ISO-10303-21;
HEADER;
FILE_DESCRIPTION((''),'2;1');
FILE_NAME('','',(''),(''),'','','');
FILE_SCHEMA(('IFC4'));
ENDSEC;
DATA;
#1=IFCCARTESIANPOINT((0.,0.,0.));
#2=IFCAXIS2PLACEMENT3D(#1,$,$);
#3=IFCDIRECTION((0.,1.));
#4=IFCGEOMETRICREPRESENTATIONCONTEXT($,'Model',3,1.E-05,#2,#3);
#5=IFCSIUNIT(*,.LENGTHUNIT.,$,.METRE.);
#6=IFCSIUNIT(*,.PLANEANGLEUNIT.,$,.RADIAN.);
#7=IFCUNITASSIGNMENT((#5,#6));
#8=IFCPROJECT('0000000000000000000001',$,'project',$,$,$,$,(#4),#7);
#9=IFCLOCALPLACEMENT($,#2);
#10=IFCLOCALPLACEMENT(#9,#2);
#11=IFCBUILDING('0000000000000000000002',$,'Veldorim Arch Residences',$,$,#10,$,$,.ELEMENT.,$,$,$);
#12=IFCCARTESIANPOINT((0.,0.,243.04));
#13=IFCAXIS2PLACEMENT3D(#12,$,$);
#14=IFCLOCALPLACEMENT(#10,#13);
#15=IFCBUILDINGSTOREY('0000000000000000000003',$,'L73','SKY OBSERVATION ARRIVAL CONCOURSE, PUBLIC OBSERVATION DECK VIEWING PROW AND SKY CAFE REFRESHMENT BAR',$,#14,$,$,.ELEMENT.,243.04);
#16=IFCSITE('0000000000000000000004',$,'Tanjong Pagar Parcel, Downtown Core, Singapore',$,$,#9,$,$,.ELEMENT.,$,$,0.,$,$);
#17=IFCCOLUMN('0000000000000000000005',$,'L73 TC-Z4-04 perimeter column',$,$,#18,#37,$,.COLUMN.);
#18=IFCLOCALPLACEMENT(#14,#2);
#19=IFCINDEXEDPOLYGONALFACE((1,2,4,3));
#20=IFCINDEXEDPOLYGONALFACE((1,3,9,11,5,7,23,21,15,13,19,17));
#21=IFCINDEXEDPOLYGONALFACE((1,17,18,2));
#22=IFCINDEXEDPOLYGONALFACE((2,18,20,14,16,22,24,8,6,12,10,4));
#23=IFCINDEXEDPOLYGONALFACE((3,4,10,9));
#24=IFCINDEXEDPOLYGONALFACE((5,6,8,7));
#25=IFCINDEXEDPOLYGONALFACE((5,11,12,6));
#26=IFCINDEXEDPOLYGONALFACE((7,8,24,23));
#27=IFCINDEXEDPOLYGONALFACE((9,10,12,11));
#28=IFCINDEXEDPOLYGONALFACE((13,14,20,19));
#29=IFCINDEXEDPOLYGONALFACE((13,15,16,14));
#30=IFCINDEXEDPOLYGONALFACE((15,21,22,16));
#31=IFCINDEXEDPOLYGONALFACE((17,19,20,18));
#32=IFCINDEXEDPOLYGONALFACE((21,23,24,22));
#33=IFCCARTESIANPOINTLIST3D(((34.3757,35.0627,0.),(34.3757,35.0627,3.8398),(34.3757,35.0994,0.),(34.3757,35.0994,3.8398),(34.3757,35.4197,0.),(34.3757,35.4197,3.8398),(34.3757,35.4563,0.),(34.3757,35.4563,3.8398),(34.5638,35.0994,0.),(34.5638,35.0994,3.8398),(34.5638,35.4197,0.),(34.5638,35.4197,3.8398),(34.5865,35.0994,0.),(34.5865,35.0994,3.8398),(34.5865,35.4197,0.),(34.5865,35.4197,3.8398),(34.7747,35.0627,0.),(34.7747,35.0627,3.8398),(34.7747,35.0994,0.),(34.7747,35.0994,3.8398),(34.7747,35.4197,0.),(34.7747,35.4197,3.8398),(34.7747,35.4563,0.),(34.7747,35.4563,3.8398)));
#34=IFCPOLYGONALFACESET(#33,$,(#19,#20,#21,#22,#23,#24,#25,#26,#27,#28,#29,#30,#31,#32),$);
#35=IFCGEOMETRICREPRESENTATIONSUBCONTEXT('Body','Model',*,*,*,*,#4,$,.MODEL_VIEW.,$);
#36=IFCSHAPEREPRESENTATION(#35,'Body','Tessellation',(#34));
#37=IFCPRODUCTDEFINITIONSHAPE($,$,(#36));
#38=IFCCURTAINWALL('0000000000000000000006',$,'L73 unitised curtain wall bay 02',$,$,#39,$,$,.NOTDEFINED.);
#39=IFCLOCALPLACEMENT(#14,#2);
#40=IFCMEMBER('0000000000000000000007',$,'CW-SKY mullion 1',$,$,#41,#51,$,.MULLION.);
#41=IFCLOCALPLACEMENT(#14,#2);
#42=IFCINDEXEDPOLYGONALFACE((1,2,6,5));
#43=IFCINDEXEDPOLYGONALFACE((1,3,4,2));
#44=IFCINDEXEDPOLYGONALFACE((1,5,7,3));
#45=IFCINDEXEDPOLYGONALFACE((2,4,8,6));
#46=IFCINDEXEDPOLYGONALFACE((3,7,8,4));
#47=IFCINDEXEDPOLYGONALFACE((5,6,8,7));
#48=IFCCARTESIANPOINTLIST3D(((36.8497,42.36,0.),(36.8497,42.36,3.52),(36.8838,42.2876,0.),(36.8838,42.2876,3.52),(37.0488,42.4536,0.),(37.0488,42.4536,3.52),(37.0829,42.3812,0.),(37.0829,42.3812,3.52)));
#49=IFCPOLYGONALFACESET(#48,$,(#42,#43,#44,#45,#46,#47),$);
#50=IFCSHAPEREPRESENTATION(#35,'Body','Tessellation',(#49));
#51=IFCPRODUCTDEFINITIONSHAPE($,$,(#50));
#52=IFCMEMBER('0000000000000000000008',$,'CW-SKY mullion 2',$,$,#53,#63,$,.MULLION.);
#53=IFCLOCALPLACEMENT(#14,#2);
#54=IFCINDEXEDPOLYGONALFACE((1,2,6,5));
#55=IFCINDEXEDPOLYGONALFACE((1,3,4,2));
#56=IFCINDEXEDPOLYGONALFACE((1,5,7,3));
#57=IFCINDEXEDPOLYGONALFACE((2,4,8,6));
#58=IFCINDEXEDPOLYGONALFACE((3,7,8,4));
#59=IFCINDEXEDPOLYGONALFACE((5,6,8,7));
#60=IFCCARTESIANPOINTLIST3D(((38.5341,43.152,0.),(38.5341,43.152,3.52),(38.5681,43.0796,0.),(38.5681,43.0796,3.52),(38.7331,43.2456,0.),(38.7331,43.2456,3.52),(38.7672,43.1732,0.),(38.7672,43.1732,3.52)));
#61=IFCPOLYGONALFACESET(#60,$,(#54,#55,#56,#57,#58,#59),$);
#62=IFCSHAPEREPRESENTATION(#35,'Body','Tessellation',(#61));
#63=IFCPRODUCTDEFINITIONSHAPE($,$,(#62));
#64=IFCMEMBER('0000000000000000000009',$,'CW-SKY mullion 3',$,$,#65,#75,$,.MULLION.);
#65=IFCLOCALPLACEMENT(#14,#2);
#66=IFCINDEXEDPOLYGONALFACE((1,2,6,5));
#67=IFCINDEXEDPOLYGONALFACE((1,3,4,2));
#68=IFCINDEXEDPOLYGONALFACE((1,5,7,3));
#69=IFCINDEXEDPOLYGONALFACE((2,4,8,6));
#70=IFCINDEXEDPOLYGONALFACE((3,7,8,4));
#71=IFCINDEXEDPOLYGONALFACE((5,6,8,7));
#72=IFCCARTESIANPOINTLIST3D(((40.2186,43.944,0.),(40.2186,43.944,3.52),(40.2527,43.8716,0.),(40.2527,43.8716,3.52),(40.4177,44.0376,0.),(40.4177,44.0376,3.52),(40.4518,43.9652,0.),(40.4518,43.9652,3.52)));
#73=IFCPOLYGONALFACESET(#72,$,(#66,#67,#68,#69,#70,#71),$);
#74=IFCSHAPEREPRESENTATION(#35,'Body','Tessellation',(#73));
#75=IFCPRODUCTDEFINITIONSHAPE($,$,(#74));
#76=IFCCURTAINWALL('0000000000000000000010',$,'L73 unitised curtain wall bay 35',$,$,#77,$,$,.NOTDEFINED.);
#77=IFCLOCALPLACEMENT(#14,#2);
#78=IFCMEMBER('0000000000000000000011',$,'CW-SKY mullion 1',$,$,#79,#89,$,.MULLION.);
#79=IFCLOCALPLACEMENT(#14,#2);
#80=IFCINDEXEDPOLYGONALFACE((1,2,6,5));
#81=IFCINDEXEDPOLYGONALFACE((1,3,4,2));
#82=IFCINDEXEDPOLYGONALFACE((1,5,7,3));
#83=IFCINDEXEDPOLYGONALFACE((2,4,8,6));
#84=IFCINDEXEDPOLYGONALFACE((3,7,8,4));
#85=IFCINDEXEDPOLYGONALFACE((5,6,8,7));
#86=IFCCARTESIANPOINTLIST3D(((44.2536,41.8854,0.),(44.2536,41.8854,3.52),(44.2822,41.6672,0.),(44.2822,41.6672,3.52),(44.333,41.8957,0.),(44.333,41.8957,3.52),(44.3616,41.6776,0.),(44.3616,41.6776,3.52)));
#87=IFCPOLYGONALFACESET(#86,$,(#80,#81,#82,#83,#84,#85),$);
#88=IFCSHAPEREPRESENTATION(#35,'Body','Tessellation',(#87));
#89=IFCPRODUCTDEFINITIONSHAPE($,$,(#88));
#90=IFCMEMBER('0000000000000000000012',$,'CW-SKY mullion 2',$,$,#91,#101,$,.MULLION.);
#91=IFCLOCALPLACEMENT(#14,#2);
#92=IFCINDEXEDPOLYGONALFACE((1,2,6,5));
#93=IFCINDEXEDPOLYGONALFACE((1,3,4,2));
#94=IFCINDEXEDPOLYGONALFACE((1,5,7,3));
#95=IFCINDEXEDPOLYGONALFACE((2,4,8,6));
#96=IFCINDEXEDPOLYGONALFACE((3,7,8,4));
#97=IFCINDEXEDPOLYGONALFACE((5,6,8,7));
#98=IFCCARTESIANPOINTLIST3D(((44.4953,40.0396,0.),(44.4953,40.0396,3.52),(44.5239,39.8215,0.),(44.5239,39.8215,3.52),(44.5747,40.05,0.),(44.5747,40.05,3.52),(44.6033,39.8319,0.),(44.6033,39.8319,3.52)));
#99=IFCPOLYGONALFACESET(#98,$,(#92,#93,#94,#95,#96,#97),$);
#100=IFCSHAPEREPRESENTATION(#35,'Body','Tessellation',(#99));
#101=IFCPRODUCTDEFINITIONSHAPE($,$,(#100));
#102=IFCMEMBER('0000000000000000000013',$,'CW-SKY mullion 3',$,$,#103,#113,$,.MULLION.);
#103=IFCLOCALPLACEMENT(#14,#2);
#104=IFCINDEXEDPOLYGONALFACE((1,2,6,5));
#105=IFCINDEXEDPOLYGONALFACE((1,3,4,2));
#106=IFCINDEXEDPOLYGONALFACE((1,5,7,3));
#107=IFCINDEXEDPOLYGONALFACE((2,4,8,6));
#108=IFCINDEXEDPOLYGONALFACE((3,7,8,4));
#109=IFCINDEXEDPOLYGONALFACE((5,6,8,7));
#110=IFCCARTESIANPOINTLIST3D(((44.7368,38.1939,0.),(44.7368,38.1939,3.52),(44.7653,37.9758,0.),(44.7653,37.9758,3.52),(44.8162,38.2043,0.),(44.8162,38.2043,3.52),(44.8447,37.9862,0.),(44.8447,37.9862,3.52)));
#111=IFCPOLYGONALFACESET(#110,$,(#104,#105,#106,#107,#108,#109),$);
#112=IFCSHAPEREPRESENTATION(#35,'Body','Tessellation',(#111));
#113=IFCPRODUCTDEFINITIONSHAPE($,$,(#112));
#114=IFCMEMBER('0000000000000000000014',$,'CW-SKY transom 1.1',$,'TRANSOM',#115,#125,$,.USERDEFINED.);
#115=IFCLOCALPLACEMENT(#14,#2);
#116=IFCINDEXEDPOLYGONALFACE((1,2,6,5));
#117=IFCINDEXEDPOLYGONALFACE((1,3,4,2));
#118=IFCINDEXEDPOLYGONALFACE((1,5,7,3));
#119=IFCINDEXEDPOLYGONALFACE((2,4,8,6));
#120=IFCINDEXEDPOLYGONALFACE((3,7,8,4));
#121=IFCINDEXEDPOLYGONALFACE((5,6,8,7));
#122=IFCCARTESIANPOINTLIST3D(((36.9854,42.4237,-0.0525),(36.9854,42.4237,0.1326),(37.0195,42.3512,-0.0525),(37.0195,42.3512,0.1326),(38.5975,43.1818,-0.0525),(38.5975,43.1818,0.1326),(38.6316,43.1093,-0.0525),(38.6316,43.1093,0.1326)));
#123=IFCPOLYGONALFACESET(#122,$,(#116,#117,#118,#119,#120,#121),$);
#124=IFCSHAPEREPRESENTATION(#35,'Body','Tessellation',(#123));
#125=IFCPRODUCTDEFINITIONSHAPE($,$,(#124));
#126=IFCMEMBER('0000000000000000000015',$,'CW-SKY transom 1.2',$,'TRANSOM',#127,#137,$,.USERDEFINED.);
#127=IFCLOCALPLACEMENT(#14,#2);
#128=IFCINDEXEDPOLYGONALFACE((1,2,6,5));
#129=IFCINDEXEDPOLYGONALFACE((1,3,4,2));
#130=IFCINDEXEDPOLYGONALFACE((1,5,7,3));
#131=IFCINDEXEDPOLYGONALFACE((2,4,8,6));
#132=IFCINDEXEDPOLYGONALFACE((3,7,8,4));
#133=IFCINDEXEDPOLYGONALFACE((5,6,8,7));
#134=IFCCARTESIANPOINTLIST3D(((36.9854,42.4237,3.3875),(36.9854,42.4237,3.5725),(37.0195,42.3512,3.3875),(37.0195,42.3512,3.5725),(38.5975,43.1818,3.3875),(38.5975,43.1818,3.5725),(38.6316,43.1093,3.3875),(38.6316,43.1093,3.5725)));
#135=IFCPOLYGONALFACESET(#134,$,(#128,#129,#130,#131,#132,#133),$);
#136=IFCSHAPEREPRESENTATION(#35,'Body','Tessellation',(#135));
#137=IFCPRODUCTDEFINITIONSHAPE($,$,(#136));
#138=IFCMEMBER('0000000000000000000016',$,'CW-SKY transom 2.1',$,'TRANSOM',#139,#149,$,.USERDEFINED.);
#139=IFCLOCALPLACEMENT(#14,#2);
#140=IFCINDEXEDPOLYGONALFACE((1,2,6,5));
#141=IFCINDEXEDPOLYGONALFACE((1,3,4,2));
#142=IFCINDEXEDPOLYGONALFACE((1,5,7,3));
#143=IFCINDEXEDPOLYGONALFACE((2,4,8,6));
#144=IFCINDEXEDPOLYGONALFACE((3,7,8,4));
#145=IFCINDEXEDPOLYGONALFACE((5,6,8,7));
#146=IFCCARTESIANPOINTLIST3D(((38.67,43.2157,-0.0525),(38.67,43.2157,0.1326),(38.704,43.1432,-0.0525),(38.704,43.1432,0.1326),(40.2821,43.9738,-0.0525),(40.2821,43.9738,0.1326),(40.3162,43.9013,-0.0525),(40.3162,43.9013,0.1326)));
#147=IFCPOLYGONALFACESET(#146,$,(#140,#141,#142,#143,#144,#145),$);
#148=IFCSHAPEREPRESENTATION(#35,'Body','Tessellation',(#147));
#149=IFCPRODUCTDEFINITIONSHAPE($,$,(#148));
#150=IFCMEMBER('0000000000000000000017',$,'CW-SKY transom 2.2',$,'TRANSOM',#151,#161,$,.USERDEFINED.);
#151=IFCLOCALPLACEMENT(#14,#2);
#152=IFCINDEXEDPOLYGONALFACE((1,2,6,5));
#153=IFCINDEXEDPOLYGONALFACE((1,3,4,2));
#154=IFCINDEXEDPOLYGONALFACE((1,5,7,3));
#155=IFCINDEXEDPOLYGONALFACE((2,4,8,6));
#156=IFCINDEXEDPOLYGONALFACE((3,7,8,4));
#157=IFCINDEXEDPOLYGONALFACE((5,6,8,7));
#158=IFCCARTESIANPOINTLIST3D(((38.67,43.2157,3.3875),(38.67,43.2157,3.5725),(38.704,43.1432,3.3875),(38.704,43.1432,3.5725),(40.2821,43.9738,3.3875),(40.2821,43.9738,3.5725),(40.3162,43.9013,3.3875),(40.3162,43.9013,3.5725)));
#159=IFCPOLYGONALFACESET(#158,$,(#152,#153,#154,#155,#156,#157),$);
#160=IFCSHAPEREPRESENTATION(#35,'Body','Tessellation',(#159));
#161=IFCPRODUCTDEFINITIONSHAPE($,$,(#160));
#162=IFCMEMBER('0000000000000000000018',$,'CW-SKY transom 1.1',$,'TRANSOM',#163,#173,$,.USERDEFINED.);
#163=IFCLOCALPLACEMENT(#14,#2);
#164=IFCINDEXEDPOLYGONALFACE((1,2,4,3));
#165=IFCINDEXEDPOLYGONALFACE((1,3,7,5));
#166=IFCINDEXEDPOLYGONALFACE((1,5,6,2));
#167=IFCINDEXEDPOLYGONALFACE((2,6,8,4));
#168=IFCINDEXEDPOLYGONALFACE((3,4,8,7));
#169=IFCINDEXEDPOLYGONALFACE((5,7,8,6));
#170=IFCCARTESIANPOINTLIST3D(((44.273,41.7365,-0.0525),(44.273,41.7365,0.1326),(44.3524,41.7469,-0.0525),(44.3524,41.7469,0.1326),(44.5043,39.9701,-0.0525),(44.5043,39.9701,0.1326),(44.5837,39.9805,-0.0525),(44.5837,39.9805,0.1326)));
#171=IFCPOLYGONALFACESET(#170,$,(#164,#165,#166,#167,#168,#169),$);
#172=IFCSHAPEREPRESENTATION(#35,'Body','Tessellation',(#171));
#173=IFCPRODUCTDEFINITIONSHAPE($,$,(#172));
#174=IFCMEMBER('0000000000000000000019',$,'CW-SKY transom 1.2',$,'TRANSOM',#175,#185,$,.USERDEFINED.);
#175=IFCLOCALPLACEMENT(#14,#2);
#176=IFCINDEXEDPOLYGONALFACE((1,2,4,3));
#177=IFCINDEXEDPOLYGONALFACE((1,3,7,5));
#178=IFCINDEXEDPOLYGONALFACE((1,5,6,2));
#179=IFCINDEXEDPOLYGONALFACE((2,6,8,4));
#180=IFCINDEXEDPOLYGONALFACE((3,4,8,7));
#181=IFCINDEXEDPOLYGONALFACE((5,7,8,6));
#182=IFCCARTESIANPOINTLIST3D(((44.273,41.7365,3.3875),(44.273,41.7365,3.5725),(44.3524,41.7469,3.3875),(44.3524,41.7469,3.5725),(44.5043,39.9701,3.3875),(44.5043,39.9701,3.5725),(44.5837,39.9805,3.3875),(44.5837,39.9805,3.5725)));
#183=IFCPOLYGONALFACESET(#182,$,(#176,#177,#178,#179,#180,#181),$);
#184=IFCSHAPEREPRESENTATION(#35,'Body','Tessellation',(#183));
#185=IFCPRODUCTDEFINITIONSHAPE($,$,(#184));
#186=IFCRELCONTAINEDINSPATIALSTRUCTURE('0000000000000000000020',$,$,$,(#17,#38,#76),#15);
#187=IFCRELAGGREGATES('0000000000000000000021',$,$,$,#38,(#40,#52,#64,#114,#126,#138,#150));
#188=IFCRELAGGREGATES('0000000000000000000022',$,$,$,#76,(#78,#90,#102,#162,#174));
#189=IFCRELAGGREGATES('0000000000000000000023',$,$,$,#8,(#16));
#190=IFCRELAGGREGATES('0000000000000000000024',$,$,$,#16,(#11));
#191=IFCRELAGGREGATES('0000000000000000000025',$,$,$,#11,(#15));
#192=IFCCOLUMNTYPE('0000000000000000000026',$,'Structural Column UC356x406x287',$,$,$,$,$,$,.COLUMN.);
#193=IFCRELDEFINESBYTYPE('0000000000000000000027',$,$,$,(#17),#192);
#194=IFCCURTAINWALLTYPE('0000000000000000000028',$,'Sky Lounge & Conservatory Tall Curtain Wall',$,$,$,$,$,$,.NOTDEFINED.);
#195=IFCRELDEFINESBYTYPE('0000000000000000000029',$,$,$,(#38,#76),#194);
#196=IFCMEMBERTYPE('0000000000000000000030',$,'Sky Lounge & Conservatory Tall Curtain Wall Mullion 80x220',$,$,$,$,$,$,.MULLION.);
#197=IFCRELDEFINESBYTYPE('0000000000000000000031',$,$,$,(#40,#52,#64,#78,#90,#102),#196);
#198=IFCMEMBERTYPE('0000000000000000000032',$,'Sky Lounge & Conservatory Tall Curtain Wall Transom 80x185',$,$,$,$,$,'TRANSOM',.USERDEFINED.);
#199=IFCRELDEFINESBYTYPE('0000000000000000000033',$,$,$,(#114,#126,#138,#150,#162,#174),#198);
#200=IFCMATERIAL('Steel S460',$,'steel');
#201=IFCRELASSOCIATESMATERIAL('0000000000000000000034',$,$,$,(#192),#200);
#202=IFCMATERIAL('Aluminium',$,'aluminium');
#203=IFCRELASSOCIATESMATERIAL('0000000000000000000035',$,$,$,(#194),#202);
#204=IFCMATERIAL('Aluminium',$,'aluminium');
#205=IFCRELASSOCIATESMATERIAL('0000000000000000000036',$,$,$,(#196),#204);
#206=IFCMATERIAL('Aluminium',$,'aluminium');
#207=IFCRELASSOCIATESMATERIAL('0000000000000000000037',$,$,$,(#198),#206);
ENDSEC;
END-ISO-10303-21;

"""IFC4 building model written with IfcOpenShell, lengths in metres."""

from ifc_helpers import new_model, si_unit, direction, frame, origin, origin_2d, place, context, subcontext, project, spatial, rectangle, i_section, extrude, material, material_profile, profile_set, type_object, element, aggregate, save


model = new_model("IFC4")

# Units and contexts
model_context = context("Model", 3, precision=1e-05, world=origin(), true_north=direction((0.0, 1.0)))
body_context = subcontext(model_context, "Body", "Model", "MODEL_VIEW")
ifc_project = project(units=[si_unit("LENGTHUNIT", "METRE"), si_unit("PLANEANGLEUNIT", "RADIAN")], contexts=[model_context])

# Site, building, storey
site_placement = place(None, origin())
site = spatial("IfcSite", under=ifc_project, at=site_placement, Name="Tanjong Pagar Parcel, Downtown Core, Singapore", CompositionType="ELEMENT", RefElevation=0.0)
building_placement = place(site_placement, origin())
building = spatial("IfcBuilding", under=site, at=building_placement, Name="Veldorim Arch Residences", CompositionType="ELEMENT")
storey_placement = place(building_placement, frame((0.0, 0.0, 243.04)))
storey = spatial("IfcBuildingStorey", under=building, at=storey_placement, Name="L73", Description="SKY OBSERVATION ARRIVAL CONCOURSE, PUBLIC OBSERVATION DECK VIEWING PROW AND SKY CAFE REFRESHMENT BAR", CompositionType="ELEMENT", Elevation=243.04)

# Column
ifc_material_1 = material(Name="Steel S460", Category="steel")
ifc_material_profile_1 = material_profile(ifc_material_1, i_section(OverallWidth=0.3989, OverallDepth=0.3936, WebThickness=0.0227, FlangeThickness=0.0366, at=origin_2d()), Name="UC356x406x287")
ifc_profile_set_1 = profile_set([ifc_material_profile_1], Name="Steel S460")
column_type = type_object("IfcColumnType", Name="Structural Column UC356x406x287", PredefinedType="COLUMN", material=ifc_profile_set_1)
column_placement = place(storey_placement, frame((34.5752, 35.2595, 0.0), z_axis=(0.0, 0.0, 1.0), x_axis=(1.0, 0.0, 0.0)))
element("IfcColumn", 1, at=column_placement, inside=storey, type_object=column_type, Name="L73 TC-Z4-04 perimeter column", PredefinedType="COLUMN", context=body_context, shape_type="SweptSolid", body=[
    extrude(i_section(OverallWidth=0.3989, OverallDepth=0.3936, WebThickness=0.0227, FlangeThickness=0.0366, at=origin_2d()), origin(), (0.0, 0.0, 1.0), 3.8398),
])

# Curtain walls, members
ifc_material_2 = material(Name="Aluminium", Category="aluminium")
curtain_wall_type = type_object("IfcCurtainWallType", Name="Sky Lounge & Conservatory Tall Curtain Wall", PredefinedType="NOTDEFINED", material=ifc_material_2)
curtain_wall_1_placement = place(storey_placement, origin())
curtain_wall_1 = element("IfcCurtainWall", 2, at=curtain_wall_1_placement, inside=storey, type_object=curtain_wall_type, Name="L73 unitised curtain wall bay 02", PredefinedType="NOTDEFINED")
ifc_material_3 = material(Name="Aluminium", Category="aluminium")
ifc_material_profile_2 = material_profile(ifc_material_3, rectangle(XDim=0.0801, YDim=0.22, at=origin_2d()), Name="ALU_MUL_80x220")
ifc_profile_set_2 = profile_set([ifc_material_profile_2], Name="Aluminium")
member_type_1 = type_object("IfcMemberType", Name="Sky Lounge & Conservatory Tall Curtain Wall Mullion 80x220", PredefinedType="MULLION", material=ifc_profile_set_2)
member_1_placement = place(storey_placement, frame((36.9663, 42.3706, 0.0), z_axis=(0.0, 0.0, 1.0), x_axis=(-0.425478, 0.904969, 0.0)))
member_1 = element("IfcMember", 3, at=member_1_placement, type_object=member_type_1, Name="CW-SKY mullion 1", PredefinedType="MULLION", context=body_context, shape_type="SweptSolid", body=[
    extrude(rectangle(XDim=0.0801, YDim=0.22, at=origin_2d()), origin(), (0.0, 0.0, 1.0), 3.52),
])
member_2_placement = place(storey_placement, frame((38.6506, 43.1626, 0.0), z_axis=(0.0, 0.0, 1.0), x_axis=(-0.425478, 0.904969, 0.0)))
member_2 = element("IfcMember", 4, at=member_2_placement, type_object=member_type_1, Name="CW-SKY mullion 2", PredefinedType="MULLION", context=body_context, shape_type="SweptSolid", body=[
    extrude(rectangle(XDim=0.0801, YDim=0.22, at=origin_2d()), origin(), (0.0, 0.0, 1.0), 3.52),
])
member_3_placement = place(storey_placement, frame((40.3352, 43.9546, 0.0), z_axis=(0.0, 0.0, 1.0), x_axis=(-0.425478, 0.904969, 0.0)))
member_3 = element("IfcMember", 5, at=member_3_placement, type_object=member_type_1, Name="CW-SKY mullion 3", PredefinedType="MULLION", context=body_context, shape_type="SweptSolid", body=[
    extrude(rectangle(XDim=0.0801, YDim=0.22, at=origin_2d()), origin(), (0.0, 0.0, 1.0), 3.52),
])
curtain_wall_2_placement = place(storey_placement, origin())
curtain_wall_2 = element("IfcCurtainWall", 6, at=curtain_wall_2_placement, inside=storey, type_object=curtain_wall_type, Name="L73 unitised curtain wall bay 35", PredefinedType="NOTDEFINED")
member_4_placement = place(storey_placement, frame((44.3076, 41.7815, 0.0), z_axis=(0.0, 0.0, 1.0), x_axis=(0.99154, 0.1298, 0.0)))
member_4 = element("IfcMember", 7, at=member_4_placement, type_object=member_type_1, Name="CW-SKY mullion 1", PredefinedType="MULLION", context=body_context, shape_type="SweptSolid", body=[
    extrude(rectangle(XDim=0.0801, YDim=0.22, at=origin_2d()), origin(), (0.0, 0.0, 1.0), 3.52),
])
member_5_placement = place(storey_placement, frame((44.5493, 39.9358, 0.0), z_axis=(0.0, 0.0, 1.0), x_axis=(0.99154, 0.1298, 0.0)))
member_5 = element("IfcMember", 8, at=member_5_placement, type_object=member_type_1, Name="CW-SKY mullion 2", PredefinedType="MULLION", context=body_context, shape_type="SweptSolid", body=[
    extrude(rectangle(XDim=0.0801, YDim=0.22, at=origin_2d()), origin(), (0.0, 0.0, 1.0), 3.52),
])
member_6_placement = place(storey_placement, frame((44.7908, 38.0901, 0.0), z_axis=(0.0, 0.0, 1.0), x_axis=(0.99154, 0.1298, 0.0)))
member_6 = element("IfcMember", 9, at=member_6_placement, type_object=member_type_1, Name="CW-SKY mullion 3", PredefinedType="MULLION", context=body_context, shape_type="SweptSolid", body=[
    extrude(rectangle(XDim=0.0801, YDim=0.22, at=origin_2d()), origin(), (0.0, 0.0, 1.0), 3.52),
])

# Members
ifc_material_4 = material(Name="Aluminium", Category="aluminium")
ifc_material_profile_3 = material_profile(ifc_material_4, rectangle(XDim=0.0801, YDim=0.1851, at=origin_2d()), Name="ALU_TRN_80x185")
ifc_profile_set_3 = profile_set([ifc_material_profile_3], Name="Aluminium")
member_type_2 = type_object("IfcMemberType", Name="Sky Lounge & Conservatory Tall Curtain Wall Transom 80x185", ElementType="TRANSOM", PredefinedType="USERDEFINED", material=ifc_profile_set_3)
member_7_placement = place(storey_placement, frame((37.0024, 42.3875, 0.04), z_axis=(0.90494, 0.42554, 0.0), x_axis=(-0.42554, 0.90494, 0.0)))
member_7 = element("IfcMember", 10, at=member_7_placement, type_object=member_type_2, Name="CW-SKY transom 1.1", ObjectType="TRANSOM", PredefinedType="USERDEFINED", context=body_context, shape_type="SweptSolid", body=[
    extrude(rectangle(XDim=0.0801, YDim=0.1851, at=origin_2d()), origin(), (0.0, 0.0, 1.0), 1.7815),
])
member_8_placement = place(storey_placement, frame((37.0024, 42.3875, 3.48), z_axis=(0.90494, 0.42554, 0.0), x_axis=(-0.42554, 0.90494, 0.0)))
member_8 = element("IfcMember", 11, at=member_8_placement, type_object=member_type_2, Name="CW-SKY transom 1.2", ObjectType="TRANSOM", PredefinedType="USERDEFINED", context=body_context, shape_type="SweptSolid", body=[
    extrude(rectangle(XDim=0.0801, YDim=0.1851, at=origin_2d()), origin(), (0.0, 0.0, 1.0), 1.7815),
])
member_9_placement = place(storey_placement, frame((38.687, 43.1794, 0.04), z_axis=(0.90494, 0.42554, 0.0), x_axis=(-0.42554, 0.90494, 0.0)))
member_9 = element("IfcMember", 12, at=member_9_placement, type_object=member_type_2, Name="CW-SKY transom 2.1", ObjectType="TRANSOM", PredefinedType="USERDEFINED", context=body_context, shape_type="SweptSolid", body=[
    extrude(rectangle(XDim=0.0801, YDim=0.1851, at=origin_2d()), origin(), (0.0, 0.0, 1.0), 1.7815),
])
member_10_placement = place(storey_placement, frame((38.687, 43.1794, 3.48), z_axis=(0.90494, 0.42554, 0.0), x_axis=(-0.42554, 0.90494, 0.0)))
member_10 = element("IfcMember", 13, at=member_10_placement, type_object=member_type_2, Name="CW-SKY transom 2.2", ObjectType="TRANSOM", PredefinedType="USERDEFINED", context=body_context, shape_type="SweptSolid", body=[
    extrude(rectangle(XDim=0.0801, YDim=0.1851, at=origin_2d()), origin(), (0.0, 0.0, 1.0), 1.7815),
])
member_11_placement = place(storey_placement, frame((44.3127, 41.7417, 0.04), z_axis=(0.129784, -0.991542, 0.0), x_axis=(0.991542, 0.129784, 0.0)))
member_11 = element("IfcMember", 14, at=member_11_placement, type_object=member_type_2, Name="CW-SKY transom 1.1", ObjectType="TRANSOM", PredefinedType="USERDEFINED", context=body_context, shape_type="SweptSolid", body=[
    extrude(rectangle(XDim=0.0801, YDim=0.1851, at=origin_2d()), origin(), (0.0, 0.0, 1.0), 1.7815),
])
member_12_placement = place(storey_placement, frame((44.3127, 41.7417, 3.48), z_axis=(0.129784, -0.991542, 0.0), x_axis=(0.991542, 0.129784, 0.0)))
member_12 = element("IfcMember", 15, at=member_12_placement, type_object=member_type_2, Name="CW-SKY transom 1.2", ObjectType="TRANSOM", PredefinedType="USERDEFINED", context=body_context, shape_type="SweptSolid", body=[
    extrude(rectangle(XDim=0.0801, YDim=0.1851, at=origin_2d()), origin(), (0.0, 0.0, 1.0), 1.7815),
])

aggregate(curtain_wall_1, [member_1, member_2, member_3, member_7, member_8, member_9, member_10])
aggregate(curtain_wall_2, [member_4, member_5, member_6, member_11, member_12])

save(model, "model.ifc")
